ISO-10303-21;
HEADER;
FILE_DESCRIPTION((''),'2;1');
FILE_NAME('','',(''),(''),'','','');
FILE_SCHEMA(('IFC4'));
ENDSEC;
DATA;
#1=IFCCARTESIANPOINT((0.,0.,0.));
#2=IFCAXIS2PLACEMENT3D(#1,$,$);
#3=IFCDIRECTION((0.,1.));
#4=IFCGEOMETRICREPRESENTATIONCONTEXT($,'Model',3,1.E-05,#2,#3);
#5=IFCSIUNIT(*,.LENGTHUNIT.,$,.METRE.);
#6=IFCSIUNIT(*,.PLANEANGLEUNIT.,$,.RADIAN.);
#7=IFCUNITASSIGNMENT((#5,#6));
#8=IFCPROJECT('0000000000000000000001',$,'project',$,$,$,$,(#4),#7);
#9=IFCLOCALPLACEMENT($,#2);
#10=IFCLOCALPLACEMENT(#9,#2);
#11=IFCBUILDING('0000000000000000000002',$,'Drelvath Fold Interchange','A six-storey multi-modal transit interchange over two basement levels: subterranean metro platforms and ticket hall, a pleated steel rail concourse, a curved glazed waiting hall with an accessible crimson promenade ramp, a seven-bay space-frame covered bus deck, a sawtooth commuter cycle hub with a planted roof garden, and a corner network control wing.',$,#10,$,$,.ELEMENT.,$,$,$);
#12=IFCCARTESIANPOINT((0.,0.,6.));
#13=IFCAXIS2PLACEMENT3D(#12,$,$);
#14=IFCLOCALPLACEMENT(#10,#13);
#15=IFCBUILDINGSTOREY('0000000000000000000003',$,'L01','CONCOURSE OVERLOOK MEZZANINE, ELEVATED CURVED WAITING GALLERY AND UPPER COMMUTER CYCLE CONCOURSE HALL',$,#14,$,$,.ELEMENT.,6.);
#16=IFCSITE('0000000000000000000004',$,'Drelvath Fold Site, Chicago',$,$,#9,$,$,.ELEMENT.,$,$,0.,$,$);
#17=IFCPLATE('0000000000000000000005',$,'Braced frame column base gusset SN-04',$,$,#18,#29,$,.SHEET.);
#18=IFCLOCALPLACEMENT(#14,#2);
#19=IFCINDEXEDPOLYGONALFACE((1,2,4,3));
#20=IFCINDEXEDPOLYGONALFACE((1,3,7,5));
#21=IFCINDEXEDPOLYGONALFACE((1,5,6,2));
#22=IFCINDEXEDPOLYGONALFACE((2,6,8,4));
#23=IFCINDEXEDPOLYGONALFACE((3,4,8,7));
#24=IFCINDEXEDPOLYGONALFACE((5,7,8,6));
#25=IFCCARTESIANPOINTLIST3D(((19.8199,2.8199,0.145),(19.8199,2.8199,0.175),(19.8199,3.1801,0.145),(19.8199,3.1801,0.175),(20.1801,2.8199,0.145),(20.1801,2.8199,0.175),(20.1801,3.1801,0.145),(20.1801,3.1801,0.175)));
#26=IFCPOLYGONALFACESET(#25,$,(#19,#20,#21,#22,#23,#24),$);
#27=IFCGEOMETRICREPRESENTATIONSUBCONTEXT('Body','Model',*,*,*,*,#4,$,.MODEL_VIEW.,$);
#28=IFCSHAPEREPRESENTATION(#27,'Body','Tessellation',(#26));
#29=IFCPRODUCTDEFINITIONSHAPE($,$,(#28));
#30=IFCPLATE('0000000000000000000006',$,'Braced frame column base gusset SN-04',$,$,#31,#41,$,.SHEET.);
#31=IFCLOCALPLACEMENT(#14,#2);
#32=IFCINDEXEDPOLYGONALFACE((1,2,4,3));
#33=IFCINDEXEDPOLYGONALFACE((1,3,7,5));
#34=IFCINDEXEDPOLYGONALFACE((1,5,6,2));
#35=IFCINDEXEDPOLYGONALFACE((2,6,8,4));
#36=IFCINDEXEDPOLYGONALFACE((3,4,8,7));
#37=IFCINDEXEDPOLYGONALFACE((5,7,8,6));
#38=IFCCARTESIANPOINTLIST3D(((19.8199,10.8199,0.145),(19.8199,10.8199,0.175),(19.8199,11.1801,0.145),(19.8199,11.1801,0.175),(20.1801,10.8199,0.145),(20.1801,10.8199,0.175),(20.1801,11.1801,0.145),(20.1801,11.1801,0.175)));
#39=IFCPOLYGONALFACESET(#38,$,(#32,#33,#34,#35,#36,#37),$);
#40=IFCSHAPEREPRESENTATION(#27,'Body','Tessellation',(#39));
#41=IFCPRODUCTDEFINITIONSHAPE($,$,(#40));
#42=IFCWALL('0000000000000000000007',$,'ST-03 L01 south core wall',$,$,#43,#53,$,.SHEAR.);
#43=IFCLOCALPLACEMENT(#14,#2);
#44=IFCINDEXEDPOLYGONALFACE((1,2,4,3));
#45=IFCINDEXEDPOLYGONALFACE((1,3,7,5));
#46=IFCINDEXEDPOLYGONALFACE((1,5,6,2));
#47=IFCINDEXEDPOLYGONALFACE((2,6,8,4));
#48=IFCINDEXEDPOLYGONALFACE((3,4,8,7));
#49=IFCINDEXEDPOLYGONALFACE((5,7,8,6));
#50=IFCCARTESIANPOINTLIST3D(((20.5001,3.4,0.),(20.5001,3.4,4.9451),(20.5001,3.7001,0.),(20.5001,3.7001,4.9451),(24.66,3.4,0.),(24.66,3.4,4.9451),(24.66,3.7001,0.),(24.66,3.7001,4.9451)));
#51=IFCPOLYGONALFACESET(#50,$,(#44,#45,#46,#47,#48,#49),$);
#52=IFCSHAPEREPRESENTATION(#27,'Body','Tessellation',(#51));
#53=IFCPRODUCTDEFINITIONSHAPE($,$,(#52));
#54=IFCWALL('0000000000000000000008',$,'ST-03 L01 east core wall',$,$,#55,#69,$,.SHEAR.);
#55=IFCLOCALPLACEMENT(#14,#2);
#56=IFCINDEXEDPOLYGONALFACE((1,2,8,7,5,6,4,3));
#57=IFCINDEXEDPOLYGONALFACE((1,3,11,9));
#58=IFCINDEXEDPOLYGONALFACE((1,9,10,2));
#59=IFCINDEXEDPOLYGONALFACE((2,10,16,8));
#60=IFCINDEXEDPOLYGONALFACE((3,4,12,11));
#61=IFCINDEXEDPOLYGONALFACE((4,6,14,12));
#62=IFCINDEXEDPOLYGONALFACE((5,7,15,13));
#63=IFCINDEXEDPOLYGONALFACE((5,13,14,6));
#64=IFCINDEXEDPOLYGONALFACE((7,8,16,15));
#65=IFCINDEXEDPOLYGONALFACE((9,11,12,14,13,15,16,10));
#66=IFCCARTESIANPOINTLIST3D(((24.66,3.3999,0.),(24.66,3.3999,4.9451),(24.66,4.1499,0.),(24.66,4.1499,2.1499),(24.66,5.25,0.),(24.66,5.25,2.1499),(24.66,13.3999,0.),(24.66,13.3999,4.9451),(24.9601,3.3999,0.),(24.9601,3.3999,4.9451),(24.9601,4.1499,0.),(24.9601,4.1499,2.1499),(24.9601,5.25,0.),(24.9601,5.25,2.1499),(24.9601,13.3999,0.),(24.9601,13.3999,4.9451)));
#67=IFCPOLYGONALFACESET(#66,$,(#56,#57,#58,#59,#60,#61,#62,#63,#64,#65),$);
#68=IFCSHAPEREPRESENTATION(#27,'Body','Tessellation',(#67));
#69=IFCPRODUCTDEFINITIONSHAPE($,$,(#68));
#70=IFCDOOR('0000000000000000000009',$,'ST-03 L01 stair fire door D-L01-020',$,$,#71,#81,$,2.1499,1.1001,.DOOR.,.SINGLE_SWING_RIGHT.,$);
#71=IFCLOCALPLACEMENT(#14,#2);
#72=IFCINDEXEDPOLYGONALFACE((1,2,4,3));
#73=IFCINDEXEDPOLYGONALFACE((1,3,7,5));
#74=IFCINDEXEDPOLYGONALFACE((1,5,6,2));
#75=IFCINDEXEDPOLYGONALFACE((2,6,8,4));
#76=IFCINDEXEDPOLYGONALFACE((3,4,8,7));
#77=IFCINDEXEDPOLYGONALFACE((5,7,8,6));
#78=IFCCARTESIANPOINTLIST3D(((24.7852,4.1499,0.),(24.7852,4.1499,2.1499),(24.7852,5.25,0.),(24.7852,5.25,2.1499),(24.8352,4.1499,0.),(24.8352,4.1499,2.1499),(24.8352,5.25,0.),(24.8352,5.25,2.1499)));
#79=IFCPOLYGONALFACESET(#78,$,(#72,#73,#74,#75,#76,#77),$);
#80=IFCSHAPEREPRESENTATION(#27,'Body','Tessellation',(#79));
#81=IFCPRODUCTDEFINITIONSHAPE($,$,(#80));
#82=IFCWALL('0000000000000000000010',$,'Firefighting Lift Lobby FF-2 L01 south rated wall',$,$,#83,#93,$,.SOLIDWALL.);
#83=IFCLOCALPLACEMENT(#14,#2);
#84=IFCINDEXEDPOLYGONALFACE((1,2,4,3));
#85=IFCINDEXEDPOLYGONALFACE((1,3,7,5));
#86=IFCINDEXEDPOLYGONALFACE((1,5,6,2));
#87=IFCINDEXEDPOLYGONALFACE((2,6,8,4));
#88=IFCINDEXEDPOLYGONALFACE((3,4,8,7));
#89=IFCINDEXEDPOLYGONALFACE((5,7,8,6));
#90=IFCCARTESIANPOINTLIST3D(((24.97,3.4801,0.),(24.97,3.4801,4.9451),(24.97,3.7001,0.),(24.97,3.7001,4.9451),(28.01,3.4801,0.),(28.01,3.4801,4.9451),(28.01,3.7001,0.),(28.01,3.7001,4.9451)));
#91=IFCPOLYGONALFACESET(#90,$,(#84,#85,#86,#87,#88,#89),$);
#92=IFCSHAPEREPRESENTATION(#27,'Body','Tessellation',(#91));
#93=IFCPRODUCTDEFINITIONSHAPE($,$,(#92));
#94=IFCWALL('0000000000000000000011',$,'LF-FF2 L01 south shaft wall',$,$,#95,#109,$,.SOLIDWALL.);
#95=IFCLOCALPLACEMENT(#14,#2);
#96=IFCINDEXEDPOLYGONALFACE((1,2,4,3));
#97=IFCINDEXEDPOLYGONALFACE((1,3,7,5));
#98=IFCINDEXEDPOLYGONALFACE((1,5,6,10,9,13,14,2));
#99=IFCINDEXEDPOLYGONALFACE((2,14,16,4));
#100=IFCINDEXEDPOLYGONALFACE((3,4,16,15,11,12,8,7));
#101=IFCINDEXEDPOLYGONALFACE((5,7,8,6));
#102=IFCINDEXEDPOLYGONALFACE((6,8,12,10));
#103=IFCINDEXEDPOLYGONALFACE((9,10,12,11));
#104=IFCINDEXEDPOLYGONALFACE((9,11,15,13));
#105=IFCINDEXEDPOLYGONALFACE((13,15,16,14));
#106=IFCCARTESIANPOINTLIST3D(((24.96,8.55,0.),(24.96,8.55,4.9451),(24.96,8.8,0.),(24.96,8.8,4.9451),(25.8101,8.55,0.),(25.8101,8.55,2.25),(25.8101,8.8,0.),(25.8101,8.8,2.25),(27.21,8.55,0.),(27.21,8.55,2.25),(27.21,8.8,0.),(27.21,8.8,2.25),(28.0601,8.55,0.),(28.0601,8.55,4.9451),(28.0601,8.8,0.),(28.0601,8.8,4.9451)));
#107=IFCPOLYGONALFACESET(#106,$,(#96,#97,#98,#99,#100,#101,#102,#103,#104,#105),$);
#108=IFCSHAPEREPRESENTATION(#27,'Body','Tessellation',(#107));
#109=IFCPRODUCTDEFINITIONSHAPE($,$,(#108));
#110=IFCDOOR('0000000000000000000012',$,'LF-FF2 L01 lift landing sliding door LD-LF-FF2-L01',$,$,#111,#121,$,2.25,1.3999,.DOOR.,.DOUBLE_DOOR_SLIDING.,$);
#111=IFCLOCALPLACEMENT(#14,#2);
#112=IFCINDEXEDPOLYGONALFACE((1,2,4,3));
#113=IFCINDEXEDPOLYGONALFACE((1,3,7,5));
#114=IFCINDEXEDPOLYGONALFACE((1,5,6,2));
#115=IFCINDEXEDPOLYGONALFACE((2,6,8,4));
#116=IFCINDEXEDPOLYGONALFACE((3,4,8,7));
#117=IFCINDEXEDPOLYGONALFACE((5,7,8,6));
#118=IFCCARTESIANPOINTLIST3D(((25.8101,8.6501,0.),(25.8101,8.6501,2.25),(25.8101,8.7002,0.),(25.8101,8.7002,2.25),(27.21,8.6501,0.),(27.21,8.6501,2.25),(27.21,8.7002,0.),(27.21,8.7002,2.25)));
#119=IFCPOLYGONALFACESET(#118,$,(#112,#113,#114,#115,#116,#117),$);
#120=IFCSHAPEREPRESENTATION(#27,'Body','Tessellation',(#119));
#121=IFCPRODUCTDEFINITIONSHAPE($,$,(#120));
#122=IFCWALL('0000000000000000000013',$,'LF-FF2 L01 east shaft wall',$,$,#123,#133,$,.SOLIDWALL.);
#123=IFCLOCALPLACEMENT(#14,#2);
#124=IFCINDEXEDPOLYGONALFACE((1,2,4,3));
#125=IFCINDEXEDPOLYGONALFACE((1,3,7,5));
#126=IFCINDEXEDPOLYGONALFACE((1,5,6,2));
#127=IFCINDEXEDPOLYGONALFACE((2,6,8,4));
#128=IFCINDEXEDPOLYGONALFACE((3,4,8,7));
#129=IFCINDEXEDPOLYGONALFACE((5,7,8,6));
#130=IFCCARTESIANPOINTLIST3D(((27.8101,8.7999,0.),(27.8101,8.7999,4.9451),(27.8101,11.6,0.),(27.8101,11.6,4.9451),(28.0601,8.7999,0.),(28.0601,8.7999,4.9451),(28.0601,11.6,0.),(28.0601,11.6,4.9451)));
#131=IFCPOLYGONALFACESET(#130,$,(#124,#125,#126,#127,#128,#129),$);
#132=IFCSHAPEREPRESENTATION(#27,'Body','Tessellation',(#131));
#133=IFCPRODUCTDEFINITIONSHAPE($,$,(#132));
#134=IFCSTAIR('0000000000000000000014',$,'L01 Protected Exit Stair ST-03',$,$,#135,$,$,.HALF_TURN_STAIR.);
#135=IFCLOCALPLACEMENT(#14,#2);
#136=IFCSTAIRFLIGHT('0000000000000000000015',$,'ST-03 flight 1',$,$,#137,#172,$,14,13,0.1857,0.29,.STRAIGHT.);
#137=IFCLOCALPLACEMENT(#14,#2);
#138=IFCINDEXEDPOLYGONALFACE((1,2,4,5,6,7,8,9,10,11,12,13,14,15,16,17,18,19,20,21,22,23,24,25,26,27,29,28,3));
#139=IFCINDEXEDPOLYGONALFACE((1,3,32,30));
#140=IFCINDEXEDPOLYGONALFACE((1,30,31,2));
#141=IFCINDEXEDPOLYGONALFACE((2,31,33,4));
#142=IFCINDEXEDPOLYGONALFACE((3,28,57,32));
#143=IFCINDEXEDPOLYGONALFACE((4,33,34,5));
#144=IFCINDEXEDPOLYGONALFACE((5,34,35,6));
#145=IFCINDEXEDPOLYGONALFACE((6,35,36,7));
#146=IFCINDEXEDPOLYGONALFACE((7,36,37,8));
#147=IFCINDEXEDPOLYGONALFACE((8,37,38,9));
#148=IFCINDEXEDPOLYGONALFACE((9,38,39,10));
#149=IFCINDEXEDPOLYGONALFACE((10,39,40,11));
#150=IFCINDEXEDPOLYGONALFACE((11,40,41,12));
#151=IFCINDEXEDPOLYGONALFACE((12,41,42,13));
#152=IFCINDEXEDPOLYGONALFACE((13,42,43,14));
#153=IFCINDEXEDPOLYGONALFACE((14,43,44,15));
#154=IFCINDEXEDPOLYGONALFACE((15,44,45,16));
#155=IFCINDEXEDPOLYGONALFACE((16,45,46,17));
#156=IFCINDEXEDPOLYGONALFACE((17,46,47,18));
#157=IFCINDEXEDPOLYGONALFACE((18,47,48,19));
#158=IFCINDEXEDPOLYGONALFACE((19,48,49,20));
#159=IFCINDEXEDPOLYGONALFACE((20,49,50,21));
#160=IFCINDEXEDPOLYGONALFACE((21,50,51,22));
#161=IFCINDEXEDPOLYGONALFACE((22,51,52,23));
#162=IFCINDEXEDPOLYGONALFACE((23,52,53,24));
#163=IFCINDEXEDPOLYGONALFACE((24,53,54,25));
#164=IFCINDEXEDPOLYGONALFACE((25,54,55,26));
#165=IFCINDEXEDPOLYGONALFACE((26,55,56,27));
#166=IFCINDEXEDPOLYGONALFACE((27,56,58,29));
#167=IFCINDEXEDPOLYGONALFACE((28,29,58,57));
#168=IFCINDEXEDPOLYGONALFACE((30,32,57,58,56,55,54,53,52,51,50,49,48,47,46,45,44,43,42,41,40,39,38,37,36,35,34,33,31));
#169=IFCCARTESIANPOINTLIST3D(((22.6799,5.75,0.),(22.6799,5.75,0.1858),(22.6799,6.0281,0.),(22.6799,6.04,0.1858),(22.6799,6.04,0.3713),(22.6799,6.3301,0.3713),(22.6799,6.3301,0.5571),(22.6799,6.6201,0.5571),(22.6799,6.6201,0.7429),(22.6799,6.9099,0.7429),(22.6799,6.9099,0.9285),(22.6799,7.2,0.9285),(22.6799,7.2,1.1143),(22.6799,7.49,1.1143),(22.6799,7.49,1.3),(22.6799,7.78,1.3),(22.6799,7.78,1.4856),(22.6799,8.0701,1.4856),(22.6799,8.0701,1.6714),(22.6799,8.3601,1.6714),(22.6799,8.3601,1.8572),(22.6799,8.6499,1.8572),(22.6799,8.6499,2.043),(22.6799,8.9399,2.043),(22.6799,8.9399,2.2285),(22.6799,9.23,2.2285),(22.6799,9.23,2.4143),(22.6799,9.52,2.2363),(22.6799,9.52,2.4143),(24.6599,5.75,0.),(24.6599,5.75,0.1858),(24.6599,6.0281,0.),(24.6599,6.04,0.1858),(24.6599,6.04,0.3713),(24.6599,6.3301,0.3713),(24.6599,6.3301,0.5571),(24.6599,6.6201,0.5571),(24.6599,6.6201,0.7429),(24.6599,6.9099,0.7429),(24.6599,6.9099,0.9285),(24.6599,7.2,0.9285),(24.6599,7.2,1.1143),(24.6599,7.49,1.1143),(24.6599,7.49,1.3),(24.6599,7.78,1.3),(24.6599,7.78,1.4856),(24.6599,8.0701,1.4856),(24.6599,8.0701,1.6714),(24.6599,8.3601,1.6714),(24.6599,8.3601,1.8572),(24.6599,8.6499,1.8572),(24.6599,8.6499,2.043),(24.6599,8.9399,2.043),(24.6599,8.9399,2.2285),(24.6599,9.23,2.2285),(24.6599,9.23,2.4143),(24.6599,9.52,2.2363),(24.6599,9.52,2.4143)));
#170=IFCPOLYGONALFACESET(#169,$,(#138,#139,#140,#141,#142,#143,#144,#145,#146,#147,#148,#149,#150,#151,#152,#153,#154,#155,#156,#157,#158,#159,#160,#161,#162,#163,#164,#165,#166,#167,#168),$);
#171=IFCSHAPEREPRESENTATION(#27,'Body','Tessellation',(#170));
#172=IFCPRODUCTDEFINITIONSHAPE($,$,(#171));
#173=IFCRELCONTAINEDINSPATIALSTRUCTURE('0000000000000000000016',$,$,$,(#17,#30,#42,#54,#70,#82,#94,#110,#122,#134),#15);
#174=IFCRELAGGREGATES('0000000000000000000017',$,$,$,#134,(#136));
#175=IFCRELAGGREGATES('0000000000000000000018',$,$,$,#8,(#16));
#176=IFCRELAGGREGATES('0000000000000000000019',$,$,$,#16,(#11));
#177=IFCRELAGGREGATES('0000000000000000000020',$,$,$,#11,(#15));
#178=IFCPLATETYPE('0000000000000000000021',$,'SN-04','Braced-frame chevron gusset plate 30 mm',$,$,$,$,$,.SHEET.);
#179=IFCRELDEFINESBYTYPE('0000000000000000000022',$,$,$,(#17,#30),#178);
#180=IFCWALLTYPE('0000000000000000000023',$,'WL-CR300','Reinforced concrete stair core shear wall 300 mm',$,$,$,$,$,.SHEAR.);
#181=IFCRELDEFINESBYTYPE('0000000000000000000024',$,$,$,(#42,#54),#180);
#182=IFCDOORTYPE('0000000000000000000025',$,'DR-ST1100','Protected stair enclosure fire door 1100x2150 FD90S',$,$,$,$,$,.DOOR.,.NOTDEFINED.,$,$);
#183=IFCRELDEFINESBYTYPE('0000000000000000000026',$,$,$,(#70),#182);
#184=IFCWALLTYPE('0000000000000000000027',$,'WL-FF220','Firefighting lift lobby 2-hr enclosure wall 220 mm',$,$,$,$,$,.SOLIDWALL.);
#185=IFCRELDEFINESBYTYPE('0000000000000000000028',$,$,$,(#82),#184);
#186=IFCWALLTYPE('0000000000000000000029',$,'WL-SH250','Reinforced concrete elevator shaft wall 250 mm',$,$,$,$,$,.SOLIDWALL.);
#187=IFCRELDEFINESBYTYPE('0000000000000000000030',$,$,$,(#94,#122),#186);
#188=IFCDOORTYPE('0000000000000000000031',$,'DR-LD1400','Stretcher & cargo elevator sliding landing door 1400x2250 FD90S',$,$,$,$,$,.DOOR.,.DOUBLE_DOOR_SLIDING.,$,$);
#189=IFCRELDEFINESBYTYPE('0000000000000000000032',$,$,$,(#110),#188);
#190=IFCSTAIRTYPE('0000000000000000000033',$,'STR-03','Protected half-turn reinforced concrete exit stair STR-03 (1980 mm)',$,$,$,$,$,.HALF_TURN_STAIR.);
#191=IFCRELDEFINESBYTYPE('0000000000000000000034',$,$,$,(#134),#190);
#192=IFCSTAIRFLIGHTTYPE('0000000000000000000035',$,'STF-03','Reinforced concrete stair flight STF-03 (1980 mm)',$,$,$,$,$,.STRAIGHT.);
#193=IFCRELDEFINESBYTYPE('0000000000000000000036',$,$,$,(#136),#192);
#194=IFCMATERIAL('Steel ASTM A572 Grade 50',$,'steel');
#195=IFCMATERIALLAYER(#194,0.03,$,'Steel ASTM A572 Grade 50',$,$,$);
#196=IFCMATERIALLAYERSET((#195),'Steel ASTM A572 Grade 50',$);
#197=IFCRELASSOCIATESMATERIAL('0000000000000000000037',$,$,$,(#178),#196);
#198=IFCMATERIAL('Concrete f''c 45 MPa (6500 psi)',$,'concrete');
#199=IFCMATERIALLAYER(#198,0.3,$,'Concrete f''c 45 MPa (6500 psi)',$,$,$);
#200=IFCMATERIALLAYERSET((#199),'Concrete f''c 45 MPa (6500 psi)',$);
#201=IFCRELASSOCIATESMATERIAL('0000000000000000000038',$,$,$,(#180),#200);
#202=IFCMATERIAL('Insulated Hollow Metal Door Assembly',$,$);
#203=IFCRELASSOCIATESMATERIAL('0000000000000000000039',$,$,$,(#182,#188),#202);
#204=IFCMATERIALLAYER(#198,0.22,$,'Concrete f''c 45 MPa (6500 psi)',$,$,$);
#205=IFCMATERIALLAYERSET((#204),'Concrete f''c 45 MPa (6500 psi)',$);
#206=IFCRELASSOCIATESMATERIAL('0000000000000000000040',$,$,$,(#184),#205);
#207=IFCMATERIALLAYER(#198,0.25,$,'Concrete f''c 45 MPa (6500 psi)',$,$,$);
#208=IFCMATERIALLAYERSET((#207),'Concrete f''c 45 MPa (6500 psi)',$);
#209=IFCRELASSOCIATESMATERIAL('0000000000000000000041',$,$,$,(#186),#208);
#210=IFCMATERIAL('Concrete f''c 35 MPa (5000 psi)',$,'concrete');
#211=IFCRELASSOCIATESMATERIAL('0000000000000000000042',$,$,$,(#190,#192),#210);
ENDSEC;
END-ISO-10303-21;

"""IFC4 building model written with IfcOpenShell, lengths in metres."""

from ifc_helpers import new_model, si_unit, direction, frame, frame_2d, origin, origin_2d, place, context, subcontext, project, spatial, polyline, rectangle, outline, extrude, material, layer, layer_set, type_object, element, fill, aggregate, save


model = new_model("IFC4")

# Units and contexts
model_context = context("Model", 3, precision=1e-05, world=origin(), true_north=direction((0.0, 1.0)))
body_context = subcontext(model_context, "Body", "Model", "MODEL_VIEW")
ifc_project = project(units=[si_unit("LENGTHUNIT", "METRE"), si_unit("PLANEANGLEUNIT", "RADIAN")], contexts=[model_context])

# Site, building, storey
site_placement = place(None, origin())
site = spatial("IfcSite", under=ifc_project, at=site_placement, Name="Drelvath Fold Site, Chicago", CompositionType="ELEMENT", RefElevation=0.0)
building_placement = place(site_placement, origin())
building = spatial("IfcBuilding", under=site, at=building_placement, Name="Drelvath Fold Interchange", Description="A six-storey multi-modal transit interchange over two basement levels: subterranean metro platforms and ticket hall, a pleated steel rail concourse, a curved glazed waiting hall with an accessible crimson promenade ramp, a seven-bay space-frame covered bus deck, a sawtooth commuter cycle hub with a planted roof garden, and a corner network control wing.", CompositionType="ELEMENT")
storey_placement = place(building_placement, frame((0.0, 0.0, 6.0)))
storey = spatial("IfcBuildingStorey", under=building, at=storey_placement, Name="L01", Description="CONCOURSE OVERLOOK MEZZANINE, ELEVATED CURVED WAITING GALLERY AND UPPER COMMUTER CYCLE CONCOURSE HALL", CompositionType="ELEMENT", Elevation=6.0)

# Plates
ifc_material_1 = material(Name="Steel ASTM A572 Grade 50", Category="steel")
ifc_layer_1 = layer(ifc_material_1, 0.03, Name="Steel ASTM A572 Grade 50")
ifc_layer_set_1 = layer_set([ifc_layer_1], Name="Steel ASTM A572 Grade 50")
plate_type = type_object("IfcPlateType", Name="SN-04", Description="Braced-frame chevron gusset plate 30 mm", PredefinedType="SHEET", material=ifc_layer_set_1)
for number, where, z_axis, x_axis, name in (
    (1, (20.0, 3.0, 0.145), (0.0, 0.0, 1.0), (1.0, 0.0, 0.0), "Braced frame column base gusset SN-04"),
    (2, (20.0, 11.0, 0.145), (0.0, 0.0, 1.0), (1.0, 0.0, 0.0), "Braced frame column base gusset SN-04"),
):
    element("IfcPlate", number, at=place(storey_placement, frame(where, z_axis=z_axis, x_axis=x_axis)), inside=storey, type_object=plate_type, Name=name, PredefinedType="SHEET", context=body_context, shape_type="SweptSolid", body=[
        extrude(rectangle(XDim=0.3601, YDim=0.3601, at=origin_2d()), origin(), (0.0, 0.0, 1.0), 0.03),
    ])

# Wall
ifc_material_2 = material(Name="Concrete f'c 45 MPa (6500 psi)", Category="concrete")
ifc_layer_2 = layer(ifc_material_2, 0.3, Name="Concrete f'c 45 MPa (6500 psi)")
ifc_layer_set_2 = layer_set([ifc_layer_2], Name="Concrete f'c 45 MPa (6500 psi)")
wall_type_1 = type_object("IfcWallType", Name="WL-CR300", Description="Reinforced concrete stair core shear wall 300 mm", PredefinedType="SHEAR", material=ifc_layer_set_2)
wall_1_placement = place(storey_placement, frame((20.5, 3.55, 0.0), z_axis=(0.0, 0.0, 1.0), x_axis=(1.0, 0.0, 0.0)))
element("IfcWall", 3, at=wall_1_placement, inside=storey, type_object=wall_type_1, Name="ST-03 L01 south core wall", PredefinedType="SHEAR", context=body_context, shape_type="SweptSolid", body=[
    extrude(rectangle(XDim=4.1599, YDim=0.3, at=frame_2d((2.0801, 0.0))), origin(), (0.0, 0.0, 1.0), 4.9451),
])

# Wall, opening, door
wall_2_placement = place(storey_placement, frame((24.8101, 3.3999, 0.0), z_axis=(0.0, 0.0, 1.0), x_axis=(0.0, 1.0, 0.0)))
wall_2 = element("IfcWall", 4, at=wall_2_placement, inside=storey, type_object=wall_type_1, Name="ST-03 L01 east core wall", PredefinedType="SHEAR", context=body_context, shape_type="SweptSolid", body=[
    extrude(rectangle(XDim=10.0, YDim=0.3, at=frame_2d((5.0, 0.0))), origin(), (0.0, 0.0, 1.0), 4.9451),
])
opening_1_placement = place(wall_2_placement, frame((0.75, 0.0, 0.0)))
opening_1 = element("IfcOpeningElement", 5, at=opening_1_placement, cuts=wall_2, PredefinedType="OPENING", context=body_context, shape_type="SweptSolid", body=[
    extrude(rectangle(XDim=1.1001, YDim=2.1499, at=frame_2d((0.55, 1.075))), frame((0.0, 0.1599, 0.0), z_axis=(0.0, -1.0, 0.0), x_axis=(1.0, 0.0, 0.0)), (0.0, 0.0, 1.0), 0.3201),
])
ifc_material_3 = material(Name="Insulated Hollow Metal Door Assembly")
door_type_1 = type_object("IfcDoorType", Name="DR-ST1100", Description="Protected stair enclosure fire door 1100x2150 FD90S", OperationType="NOTDEFINED", PredefinedType="DOOR", material=ifc_material_3)
door_1_placement = place(opening_1_placement, origin())
door_1 = element("IfcDoor", 6, at=door_1_placement, inside=storey, type_object=door_type_1, Name="ST-03 L01 stair fire door D-L01-020", OperationType="SINGLE_SWING_RIGHT", OverallHeight=2.1499, OverallWidth=1.1001, PredefinedType="DOOR", context=body_context, shape_type="SweptSolid", body=[
    extrude(rectangle(XDim=1.1001, YDim=2.1499, at=frame_2d((0.55, 1.075))), frame((0.0, 0.0249, 0.0), z_axis=(0.0, -1.0, 0.0), x_axis=(1.0, 0.0, 0.0)), (0.0, 0.0, 1.0), 0.05),
])
fill(opening_1, door_1)

# Wall
ifc_layer_3 = layer(ifc_material_2, 0.22, Name="Concrete f'c 45 MPa (6500 psi)")
ifc_layer_set_3 = layer_set([ifc_layer_3], Name="Concrete f'c 45 MPa (6500 psi)")
wall_type_2 = type_object("IfcWallType", Name="WL-FF220", Description="Firefighting lift lobby 2-hr enclosure wall 220 mm", PredefinedType="SOLIDWALL", material=ifc_layer_set_3)
wall_3_placement = place(storey_placement, frame((24.97, 3.5901, 0.0), z_axis=(0.0, 0.0, 1.0), x_axis=(1.0, 0.0, 0.0)))
element("IfcWall", 7, at=wall_3_placement, inside=storey, type_object=wall_type_2, Name="Firefighting Lift Lobby FF-2 L01 south rated wall", PredefinedType="SOLIDWALL", context=body_context, shape_type="SweptSolid", body=[
    extrude(rectangle(XDim=3.04, YDim=0.22, at=frame_2d((1.52, 0.0))), origin(), (0.0, 0.0, 1.0), 4.9451),
])

# Wall, opening, door
ifc_layer_4 = layer(ifc_material_2, 0.25, Name="Concrete f'c 45 MPa (6500 psi)")
ifc_layer_set_4 = layer_set([ifc_layer_4], Name="Concrete f'c 45 MPa (6500 psi)")
wall_type_3 = type_object("IfcWallType", Name="WL-SH250", Description="Reinforced concrete elevator shaft wall 250 mm", PredefinedType="SOLIDWALL", material=ifc_layer_set_4)
wall_4_placement = place(storey_placement, frame((24.96, 8.675, 0.0), z_axis=(0.0, 0.0, 1.0), x_axis=(1.0, 0.0, 0.0)))
wall_4 = element("IfcWall", 8, at=wall_4_placement, inside=storey, type_object=wall_type_3, Name="LF-FF2 L01 south shaft wall", PredefinedType="SOLIDWALL", context=body_context, shape_type="SweptSolid", body=[
    extrude(rectangle(XDim=3.1001, YDim=0.25, at=frame_2d((1.55, 0.0))), origin(), (0.0, 0.0, 1.0), 4.9451),
])
opening_2_placement = place(wall_4_placement, frame((0.8501, 0.0, 0.0)))
opening_2 = element("IfcOpeningElement", 9, at=opening_2_placement, cuts=wall_4, PredefinedType="OPENING", context=body_context, shape_type="SweptSolid", body=[
    extrude(rectangle(XDim=1.3999, YDim=2.25, at=frame_2d((0.7, 1.125))), frame((0.0, 0.135, 0.0), z_axis=(0.0, -1.0, 0.0), x_axis=(1.0, 0.0, 0.0)), (0.0, 0.0, 1.0), 0.27),
])
door_type_2 = type_object("IfcDoorType", Name="DR-LD1400", Description="Stretcher & cargo elevator sliding landing door 1400x2250 FD90S", OperationType="DOUBLE_DOOR_SLIDING", PredefinedType="DOOR", material=ifc_material_3)
door_2_placement = place(opening_2_placement, frame((1.3999, 0.0, 0.0), z_axis=(0.0, 0.0, 1.0), x_axis=(-1.0, 0.0, 0.0)))
door_2 = element("IfcDoor", 10, at=door_2_placement, inside=storey, type_object=door_type_2, Name="LF-FF2 L01 lift landing sliding door LD-LF-FF2-L01", OperationType="DOUBLE_DOOR_SLIDING", OverallHeight=2.25, OverallWidth=1.3999, PredefinedType="DOOR", context=body_context, shape_type="SweptSolid", body=[
    extrude(rectangle(XDim=1.3999, YDim=2.25, at=frame_2d((0.7, 1.125))), frame((0.0, 0.0249, 0.0), z_axis=(0.0, -1.0, 0.0), x_axis=(1.0, 0.0, 0.0)), (0.0, 0.0, 1.0), 0.05),
])
fill(opening_2, door_2)

# Wall
wall_5_placement = place(storey_placement, frame((27.9351, 8.8, 0.0), z_axis=(0.0, 0.0, 1.0), x_axis=(0.0, 1.0, 0.0)))
element("IfcWall", 11, at=wall_5_placement, inside=storey, type_object=wall_type_3, Name="LF-FF2 L01 east shaft wall", PredefinedType="SOLIDWALL", context=body_context, shape_type="SweptSolid", body=[
    extrude(rectangle(XDim=2.8, YDim=0.25, at=frame_2d((1.3999, 0.0))), origin(), (0.0, 0.0, 1.0), 4.9451),
])

# Stair, stair flight
ifc_material_4 = material(Name="Concrete f'c 35 MPa (5000 psi)", Category="concrete")
stair_type = type_object("IfcStairType", Name="STR-03", Description="Protected half-turn reinforced concrete exit stair STR-03 (1980 mm)", PredefinedType="HALF_TURN_STAIR", material=ifc_material_4)
stair_placement = place(storey_placement, origin())
stair = element("IfcStair", 12, at=stair_placement, inside=storey, type_object=stair_type, Name="L01 Protected Exit Stair ST-03", PredefinedType="HALF_TURN_STAIR")
stair_flight_type = type_object("IfcStairFlightType", Name="STF-03", Description="Reinforced concrete stair flight STF-03 (1980 mm)", PredefinedType="STRAIGHT", material=ifc_material_4)
stair_flight_1_placement = place(storey_placement, frame((23.6699, 5.75, 0.0), z_axis=(0.0, 0.0, 1.0), x_axis=(0.0, 1.0, 0.0)))
stair_flight_1 = element("IfcStairFlight", 13, at=stair_flight_1_placement, type_object=stair_flight_type, Name="ST-03 flight 1", NumberOfRisers=14, NumberOfTreads=13, PredefinedType="STRAIGHT", RiserHeight=0.1857, TreadLength=0.29, context=body_context, shape_type="SweptSolid", body=[
    extrude(outline(polyline([(0.0, 0.0), (0.0, 0.1858), (0.29, 0.1858), (0.29, 0.3713), (0.5801, 0.3713), (0.5801, 0.5571), (0.8701, 0.5571), (0.8701, 0.7429), (1.1599, 0.7429), (1.1599, 0.9285), (1.45, 0.9285), (1.45, 1.1143), (1.74, 1.1143), (1.74, 1.3), (2.03, 1.3), (2.03, 1.4856), (2.3201, 1.4856), (2.3201, 1.6714), (2.6101, 1.6714), (2.6101, 1.8572), (2.8999, 1.8572), (2.8999, 2.043), (3.1899, 2.043), (3.1899, 2.2285), (3.48, 2.2285), (3.48, 2.4143), (3.77, 2.4143), (3.77, 2.6001), (3.77, 2.2363), (0.2781, 0.0), (0.0, 0.0)])), frame((0.0, 0.99, 0.0), z_axis=(0.0, -1.0, 0.0), x_axis=(1.0, 0.0, 0.0)), (0.0, 0.0, 1.0), 1.98),
])
aggregate(stair, [stair_flight_1])

save(model, "model.ifc")
